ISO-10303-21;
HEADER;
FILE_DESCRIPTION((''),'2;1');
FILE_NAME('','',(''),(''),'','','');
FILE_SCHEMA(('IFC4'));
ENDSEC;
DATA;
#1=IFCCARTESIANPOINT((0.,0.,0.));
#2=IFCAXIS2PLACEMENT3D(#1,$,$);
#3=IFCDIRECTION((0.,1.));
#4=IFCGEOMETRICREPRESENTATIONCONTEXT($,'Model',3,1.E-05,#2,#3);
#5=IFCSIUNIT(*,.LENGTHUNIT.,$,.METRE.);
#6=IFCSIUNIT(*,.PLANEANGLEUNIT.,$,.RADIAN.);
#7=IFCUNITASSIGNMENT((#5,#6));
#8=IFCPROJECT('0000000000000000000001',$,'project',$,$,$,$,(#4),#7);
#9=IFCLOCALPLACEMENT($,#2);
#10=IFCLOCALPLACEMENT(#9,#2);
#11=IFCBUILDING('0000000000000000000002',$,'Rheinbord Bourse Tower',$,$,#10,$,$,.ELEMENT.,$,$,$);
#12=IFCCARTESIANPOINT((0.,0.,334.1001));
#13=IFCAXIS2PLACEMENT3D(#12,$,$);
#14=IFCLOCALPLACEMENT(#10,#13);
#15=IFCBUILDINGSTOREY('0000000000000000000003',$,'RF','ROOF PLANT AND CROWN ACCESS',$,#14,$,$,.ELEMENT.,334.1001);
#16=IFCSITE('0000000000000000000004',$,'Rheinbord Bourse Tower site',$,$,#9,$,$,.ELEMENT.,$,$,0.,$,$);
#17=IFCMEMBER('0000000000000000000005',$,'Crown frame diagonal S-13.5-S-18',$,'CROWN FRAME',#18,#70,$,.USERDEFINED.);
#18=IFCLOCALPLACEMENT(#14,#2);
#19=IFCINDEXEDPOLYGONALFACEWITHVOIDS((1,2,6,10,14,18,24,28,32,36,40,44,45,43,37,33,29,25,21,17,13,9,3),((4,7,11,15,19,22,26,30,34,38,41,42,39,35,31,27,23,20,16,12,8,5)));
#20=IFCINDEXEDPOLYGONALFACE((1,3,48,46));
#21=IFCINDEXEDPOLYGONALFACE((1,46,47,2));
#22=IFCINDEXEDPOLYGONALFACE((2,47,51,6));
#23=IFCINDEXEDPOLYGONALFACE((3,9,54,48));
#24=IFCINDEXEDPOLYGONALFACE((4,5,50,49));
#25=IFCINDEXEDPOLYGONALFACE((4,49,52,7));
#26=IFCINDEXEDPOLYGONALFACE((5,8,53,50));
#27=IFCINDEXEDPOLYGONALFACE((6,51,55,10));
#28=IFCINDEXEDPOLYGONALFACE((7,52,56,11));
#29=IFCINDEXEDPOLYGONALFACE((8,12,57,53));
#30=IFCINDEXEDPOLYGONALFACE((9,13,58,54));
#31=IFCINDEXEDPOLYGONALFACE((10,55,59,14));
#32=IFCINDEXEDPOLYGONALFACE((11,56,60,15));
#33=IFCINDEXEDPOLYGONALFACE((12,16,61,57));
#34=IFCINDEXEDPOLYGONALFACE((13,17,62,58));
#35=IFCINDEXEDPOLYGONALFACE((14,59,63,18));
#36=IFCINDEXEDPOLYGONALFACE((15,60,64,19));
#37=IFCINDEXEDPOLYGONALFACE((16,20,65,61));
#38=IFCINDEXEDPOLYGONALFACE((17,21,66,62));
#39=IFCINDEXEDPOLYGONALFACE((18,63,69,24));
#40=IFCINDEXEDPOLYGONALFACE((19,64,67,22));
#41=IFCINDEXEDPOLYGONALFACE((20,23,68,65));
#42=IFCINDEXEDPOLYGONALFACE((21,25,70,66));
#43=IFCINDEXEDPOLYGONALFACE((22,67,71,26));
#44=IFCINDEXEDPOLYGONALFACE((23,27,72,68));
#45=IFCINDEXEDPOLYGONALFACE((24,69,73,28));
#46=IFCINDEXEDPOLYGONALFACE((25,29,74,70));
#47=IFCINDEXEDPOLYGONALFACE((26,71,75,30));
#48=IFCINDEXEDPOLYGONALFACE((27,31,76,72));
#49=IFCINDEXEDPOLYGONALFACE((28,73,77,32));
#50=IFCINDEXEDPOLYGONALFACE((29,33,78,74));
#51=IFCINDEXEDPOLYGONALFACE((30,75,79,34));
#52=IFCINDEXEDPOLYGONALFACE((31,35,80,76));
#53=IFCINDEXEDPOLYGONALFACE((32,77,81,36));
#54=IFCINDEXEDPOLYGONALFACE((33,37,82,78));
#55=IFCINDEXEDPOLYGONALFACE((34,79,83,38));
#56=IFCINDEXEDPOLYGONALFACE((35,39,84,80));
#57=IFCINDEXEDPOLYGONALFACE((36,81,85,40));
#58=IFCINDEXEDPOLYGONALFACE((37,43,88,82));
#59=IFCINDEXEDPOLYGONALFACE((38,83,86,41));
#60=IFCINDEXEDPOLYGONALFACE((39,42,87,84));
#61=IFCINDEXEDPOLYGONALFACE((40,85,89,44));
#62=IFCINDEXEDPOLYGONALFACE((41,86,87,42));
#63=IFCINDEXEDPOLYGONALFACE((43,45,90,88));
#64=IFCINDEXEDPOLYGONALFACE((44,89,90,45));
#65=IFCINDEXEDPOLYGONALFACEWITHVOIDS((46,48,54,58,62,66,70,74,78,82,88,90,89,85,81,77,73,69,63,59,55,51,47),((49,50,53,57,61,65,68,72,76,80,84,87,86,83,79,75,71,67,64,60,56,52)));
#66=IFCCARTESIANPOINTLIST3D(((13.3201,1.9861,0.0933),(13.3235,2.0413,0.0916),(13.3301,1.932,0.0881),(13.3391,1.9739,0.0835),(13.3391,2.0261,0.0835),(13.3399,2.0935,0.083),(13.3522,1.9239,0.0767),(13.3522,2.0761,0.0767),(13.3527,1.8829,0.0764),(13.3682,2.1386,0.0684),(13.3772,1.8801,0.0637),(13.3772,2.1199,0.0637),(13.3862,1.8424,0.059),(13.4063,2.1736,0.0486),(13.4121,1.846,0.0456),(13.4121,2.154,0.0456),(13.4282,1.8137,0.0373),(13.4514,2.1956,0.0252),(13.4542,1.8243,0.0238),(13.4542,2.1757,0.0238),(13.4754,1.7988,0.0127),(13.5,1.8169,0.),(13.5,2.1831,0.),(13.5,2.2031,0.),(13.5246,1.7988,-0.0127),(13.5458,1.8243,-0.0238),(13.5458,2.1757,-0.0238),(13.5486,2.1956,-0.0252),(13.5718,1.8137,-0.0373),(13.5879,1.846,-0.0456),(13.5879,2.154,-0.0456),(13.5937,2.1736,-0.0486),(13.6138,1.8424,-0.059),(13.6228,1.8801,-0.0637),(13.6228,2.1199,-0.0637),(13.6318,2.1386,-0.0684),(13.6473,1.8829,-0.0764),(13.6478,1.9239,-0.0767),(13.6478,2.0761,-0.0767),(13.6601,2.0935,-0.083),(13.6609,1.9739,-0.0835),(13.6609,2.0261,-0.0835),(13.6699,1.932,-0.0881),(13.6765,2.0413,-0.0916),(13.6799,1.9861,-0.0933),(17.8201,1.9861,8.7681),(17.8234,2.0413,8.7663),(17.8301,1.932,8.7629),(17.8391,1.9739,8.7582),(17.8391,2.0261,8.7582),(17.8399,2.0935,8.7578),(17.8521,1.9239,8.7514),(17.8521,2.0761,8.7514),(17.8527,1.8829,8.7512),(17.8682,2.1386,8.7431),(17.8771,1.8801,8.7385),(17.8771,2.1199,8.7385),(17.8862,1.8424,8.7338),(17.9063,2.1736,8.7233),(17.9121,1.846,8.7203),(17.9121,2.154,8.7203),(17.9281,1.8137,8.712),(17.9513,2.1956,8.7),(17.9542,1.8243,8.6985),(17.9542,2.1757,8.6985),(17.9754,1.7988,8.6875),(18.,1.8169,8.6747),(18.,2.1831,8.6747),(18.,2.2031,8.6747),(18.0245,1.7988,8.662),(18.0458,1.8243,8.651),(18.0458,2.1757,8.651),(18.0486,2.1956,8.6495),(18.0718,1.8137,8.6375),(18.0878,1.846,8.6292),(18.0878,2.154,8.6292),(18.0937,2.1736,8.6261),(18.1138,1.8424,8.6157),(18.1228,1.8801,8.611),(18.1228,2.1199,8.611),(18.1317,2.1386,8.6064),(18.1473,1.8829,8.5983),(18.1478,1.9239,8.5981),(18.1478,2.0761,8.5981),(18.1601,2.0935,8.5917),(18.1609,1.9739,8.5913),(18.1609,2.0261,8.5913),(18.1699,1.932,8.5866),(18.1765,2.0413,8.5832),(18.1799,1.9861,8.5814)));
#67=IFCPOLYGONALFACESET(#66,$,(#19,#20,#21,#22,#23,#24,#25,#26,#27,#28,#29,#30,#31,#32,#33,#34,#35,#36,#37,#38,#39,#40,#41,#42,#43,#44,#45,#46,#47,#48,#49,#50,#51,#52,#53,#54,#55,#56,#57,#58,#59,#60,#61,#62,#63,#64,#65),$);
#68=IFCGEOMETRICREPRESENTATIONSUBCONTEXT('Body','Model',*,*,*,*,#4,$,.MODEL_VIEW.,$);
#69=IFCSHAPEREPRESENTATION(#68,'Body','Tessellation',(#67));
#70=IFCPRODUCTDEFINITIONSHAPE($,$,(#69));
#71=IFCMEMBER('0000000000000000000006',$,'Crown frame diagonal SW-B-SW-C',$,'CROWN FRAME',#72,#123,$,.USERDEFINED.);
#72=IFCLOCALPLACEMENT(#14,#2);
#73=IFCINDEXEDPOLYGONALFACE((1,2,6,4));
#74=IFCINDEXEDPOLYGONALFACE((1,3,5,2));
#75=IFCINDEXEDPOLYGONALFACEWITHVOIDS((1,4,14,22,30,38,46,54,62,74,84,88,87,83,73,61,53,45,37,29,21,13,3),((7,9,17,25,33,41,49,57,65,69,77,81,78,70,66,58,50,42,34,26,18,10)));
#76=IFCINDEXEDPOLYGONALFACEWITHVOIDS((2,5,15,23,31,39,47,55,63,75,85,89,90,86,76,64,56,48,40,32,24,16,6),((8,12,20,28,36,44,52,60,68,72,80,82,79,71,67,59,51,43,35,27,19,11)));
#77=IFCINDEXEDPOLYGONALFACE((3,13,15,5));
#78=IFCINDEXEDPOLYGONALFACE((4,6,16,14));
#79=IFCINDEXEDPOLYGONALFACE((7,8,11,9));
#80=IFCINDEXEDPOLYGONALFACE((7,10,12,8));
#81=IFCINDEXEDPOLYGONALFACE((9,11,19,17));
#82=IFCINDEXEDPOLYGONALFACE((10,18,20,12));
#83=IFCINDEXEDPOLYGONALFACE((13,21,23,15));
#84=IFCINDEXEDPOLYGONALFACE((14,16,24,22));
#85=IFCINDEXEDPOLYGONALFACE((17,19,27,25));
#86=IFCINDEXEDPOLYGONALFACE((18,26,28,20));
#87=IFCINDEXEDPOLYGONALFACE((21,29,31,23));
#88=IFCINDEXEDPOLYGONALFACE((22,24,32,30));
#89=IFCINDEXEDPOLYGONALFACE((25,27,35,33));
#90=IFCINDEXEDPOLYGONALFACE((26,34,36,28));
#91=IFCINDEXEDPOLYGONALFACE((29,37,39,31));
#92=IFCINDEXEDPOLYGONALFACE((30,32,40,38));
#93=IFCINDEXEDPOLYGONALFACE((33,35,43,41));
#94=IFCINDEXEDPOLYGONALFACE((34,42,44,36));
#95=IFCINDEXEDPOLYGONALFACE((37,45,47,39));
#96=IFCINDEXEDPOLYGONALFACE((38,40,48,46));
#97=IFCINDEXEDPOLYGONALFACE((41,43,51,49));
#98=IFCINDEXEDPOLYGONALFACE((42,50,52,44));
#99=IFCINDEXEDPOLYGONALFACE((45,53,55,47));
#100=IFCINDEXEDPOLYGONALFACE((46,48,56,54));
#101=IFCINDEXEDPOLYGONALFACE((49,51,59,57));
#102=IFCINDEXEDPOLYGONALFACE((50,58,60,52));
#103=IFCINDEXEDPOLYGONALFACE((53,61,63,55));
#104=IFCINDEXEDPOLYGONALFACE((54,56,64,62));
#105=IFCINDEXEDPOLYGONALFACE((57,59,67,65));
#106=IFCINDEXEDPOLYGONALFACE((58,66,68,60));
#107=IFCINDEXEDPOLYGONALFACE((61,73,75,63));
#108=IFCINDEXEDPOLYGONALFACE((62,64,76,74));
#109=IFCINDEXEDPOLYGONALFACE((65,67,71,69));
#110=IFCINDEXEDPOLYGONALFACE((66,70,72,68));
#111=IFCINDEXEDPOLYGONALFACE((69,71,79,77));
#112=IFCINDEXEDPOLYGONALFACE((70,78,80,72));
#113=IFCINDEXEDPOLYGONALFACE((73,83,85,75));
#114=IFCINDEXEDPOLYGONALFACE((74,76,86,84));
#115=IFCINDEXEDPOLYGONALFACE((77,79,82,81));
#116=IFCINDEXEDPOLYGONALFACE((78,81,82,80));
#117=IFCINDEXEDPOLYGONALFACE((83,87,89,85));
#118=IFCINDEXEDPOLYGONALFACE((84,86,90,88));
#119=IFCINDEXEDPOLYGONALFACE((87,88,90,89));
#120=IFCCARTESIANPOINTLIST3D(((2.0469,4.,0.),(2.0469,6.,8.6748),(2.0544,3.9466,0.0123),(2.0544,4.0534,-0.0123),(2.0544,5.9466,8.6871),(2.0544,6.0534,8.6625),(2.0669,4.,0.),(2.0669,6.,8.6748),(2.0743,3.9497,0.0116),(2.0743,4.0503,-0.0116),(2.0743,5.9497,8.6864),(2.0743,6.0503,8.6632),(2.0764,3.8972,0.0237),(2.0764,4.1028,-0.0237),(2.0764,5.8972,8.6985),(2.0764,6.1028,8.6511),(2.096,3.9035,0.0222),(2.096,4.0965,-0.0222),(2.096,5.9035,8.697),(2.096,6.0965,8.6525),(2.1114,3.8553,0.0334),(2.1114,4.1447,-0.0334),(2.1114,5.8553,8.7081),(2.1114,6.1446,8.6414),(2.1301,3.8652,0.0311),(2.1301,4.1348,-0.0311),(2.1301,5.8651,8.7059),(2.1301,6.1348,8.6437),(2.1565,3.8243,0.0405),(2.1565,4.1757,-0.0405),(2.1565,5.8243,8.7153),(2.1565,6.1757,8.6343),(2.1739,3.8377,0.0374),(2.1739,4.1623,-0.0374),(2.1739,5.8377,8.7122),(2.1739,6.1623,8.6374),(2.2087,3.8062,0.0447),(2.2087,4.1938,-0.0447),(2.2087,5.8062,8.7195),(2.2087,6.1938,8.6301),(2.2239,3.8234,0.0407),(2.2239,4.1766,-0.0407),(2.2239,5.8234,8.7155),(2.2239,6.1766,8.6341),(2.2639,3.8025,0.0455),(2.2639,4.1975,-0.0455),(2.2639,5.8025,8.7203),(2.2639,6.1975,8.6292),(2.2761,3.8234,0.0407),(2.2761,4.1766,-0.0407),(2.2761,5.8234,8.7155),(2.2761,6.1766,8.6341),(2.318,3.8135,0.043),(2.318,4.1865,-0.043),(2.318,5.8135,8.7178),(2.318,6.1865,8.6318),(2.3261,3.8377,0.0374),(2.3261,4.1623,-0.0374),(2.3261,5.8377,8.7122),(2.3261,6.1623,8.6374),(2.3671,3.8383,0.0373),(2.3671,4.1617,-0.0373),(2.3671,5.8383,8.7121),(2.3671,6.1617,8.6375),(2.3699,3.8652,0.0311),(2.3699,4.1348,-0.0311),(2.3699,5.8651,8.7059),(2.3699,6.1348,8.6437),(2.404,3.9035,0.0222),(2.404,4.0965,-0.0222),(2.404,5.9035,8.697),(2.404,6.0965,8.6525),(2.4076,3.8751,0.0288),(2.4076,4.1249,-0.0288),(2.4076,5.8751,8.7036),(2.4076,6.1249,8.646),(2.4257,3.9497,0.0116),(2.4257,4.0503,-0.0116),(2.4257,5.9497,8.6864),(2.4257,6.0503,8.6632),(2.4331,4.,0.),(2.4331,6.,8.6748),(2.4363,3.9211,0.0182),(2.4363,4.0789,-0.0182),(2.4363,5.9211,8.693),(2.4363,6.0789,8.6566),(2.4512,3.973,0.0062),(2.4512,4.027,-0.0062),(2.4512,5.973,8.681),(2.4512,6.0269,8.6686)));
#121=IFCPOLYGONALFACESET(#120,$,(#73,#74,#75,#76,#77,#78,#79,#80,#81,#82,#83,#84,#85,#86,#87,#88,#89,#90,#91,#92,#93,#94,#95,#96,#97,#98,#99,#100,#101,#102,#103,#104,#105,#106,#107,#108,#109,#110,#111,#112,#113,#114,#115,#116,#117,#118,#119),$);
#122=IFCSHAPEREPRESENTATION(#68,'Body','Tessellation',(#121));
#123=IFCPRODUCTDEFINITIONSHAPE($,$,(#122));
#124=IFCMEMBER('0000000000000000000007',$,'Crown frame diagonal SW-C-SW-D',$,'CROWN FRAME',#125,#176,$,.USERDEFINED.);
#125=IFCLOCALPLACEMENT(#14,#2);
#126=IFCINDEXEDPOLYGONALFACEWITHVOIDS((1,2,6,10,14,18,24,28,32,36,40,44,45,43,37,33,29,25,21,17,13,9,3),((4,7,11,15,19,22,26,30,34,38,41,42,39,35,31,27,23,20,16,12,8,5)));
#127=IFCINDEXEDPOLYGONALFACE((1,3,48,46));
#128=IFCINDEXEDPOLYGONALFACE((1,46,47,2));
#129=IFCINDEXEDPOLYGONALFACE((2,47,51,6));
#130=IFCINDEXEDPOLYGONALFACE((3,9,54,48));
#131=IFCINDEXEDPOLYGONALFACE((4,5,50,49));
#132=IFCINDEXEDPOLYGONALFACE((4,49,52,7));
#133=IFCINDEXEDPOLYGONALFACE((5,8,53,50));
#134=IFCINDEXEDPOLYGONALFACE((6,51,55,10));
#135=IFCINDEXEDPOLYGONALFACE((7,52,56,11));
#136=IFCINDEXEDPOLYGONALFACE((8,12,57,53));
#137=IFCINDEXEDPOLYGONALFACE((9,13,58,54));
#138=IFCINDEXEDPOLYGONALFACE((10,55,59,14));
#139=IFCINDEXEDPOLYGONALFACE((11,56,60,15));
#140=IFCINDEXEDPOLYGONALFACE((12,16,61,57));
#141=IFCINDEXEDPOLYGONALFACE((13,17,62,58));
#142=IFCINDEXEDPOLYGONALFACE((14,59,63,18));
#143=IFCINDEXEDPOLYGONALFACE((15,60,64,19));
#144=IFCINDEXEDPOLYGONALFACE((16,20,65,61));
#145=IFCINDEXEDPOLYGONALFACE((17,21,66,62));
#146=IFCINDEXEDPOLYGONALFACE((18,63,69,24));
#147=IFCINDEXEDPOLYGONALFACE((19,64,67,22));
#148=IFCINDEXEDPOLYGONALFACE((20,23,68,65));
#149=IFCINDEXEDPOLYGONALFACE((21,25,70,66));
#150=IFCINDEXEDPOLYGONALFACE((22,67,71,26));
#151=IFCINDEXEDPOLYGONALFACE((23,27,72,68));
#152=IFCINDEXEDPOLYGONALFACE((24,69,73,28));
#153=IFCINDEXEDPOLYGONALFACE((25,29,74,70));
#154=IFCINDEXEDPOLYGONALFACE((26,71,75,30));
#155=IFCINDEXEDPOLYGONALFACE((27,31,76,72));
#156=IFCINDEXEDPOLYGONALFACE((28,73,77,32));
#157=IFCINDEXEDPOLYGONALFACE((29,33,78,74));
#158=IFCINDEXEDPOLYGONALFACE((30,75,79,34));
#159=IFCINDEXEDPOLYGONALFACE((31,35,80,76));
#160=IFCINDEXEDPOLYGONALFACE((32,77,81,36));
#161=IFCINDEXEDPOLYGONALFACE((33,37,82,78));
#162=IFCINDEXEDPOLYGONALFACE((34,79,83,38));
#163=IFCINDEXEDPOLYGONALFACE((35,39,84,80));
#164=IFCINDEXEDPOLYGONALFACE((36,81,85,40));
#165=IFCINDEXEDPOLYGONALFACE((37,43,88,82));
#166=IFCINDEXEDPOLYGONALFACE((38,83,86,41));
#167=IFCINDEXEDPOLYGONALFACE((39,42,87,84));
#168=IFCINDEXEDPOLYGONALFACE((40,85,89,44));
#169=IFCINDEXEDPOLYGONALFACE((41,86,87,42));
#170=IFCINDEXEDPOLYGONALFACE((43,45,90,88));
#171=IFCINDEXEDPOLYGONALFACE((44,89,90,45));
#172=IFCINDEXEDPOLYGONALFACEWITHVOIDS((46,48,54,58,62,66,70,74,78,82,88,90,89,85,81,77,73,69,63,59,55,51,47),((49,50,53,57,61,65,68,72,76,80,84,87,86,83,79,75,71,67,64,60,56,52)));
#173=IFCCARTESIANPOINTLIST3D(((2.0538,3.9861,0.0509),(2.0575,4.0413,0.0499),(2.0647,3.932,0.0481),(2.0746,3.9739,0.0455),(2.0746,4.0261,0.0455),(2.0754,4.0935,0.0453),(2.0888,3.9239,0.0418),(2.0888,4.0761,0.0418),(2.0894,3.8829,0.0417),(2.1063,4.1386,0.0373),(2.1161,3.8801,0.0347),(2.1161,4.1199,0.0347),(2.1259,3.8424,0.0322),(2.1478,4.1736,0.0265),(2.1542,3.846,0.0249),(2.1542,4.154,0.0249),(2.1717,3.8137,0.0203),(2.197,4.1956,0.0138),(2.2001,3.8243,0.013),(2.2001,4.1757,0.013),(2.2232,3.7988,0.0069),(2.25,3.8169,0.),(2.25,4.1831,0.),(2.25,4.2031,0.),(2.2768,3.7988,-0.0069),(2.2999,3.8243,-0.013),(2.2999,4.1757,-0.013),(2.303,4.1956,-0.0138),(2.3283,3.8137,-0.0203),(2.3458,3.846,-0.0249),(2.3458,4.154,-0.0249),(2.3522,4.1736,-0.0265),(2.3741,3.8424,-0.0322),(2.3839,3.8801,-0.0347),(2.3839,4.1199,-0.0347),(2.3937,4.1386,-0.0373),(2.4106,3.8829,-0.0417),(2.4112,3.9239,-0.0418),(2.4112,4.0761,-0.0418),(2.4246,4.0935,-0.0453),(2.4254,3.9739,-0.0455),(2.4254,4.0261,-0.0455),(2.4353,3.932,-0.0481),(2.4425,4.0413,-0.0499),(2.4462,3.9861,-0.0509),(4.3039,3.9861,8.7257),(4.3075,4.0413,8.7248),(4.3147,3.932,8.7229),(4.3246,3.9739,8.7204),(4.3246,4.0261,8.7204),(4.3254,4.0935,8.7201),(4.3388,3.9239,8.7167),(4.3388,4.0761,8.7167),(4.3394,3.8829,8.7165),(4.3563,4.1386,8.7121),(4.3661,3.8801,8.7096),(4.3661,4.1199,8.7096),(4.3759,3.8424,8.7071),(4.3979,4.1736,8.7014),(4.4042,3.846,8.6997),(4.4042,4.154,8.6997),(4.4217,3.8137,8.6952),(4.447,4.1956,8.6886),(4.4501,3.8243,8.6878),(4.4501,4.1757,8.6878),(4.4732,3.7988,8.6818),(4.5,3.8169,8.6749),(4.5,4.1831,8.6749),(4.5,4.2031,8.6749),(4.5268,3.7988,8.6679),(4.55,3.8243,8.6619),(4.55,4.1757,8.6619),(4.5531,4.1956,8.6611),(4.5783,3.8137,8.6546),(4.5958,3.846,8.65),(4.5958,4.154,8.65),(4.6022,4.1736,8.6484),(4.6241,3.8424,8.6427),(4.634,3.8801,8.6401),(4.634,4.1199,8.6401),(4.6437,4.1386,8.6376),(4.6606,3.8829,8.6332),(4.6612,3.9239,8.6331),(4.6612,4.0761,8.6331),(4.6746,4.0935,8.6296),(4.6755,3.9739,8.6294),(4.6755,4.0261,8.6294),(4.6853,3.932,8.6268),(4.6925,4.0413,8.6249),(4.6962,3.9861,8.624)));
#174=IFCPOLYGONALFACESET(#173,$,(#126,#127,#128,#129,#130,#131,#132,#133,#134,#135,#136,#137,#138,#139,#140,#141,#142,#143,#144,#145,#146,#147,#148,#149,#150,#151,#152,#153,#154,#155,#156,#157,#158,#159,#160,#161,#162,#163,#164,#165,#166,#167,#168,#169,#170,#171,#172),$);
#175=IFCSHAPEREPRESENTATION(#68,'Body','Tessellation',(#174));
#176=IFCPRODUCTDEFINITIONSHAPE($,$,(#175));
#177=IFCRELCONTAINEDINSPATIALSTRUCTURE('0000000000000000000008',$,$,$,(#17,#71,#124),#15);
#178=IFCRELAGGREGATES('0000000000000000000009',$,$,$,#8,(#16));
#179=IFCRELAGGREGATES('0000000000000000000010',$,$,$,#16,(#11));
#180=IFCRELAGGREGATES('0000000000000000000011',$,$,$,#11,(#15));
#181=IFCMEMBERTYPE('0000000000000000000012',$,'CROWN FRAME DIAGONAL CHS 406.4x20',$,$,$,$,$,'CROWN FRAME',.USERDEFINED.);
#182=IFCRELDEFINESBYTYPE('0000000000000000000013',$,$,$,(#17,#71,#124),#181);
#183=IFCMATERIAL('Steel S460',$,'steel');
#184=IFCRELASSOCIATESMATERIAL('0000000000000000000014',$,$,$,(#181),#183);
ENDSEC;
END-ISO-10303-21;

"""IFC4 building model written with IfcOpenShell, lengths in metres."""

from ifc_helpers import new_model, si_unit, direction, frame, origin, origin_2d, place, context, subcontext, project, spatial, hollow_circle, extrude, material, material_profile, profile_set, type_object, element, save


model = new_model("IFC4")

# Units and contexts
model_context = context("Model", 3, precision=1e-05, world=origin(), true_north=direction((0.0, 1.0)))
body_context = subcontext(model_context, "Body", "Model", "MODEL_VIEW")
ifc_project = project(units=[si_unit("LENGTHUNIT", "METRE"), si_unit("PLANEANGLEUNIT", "RADIAN")], contexts=[model_context])

# Site, building, storey
site_placement = place(None, origin())
site = spatial("IfcSite", under=ifc_project, at=site_placement, Name="Rheinbord Bourse Tower site", CompositionType="ELEMENT", RefElevation=0.0)
building_placement = place(site_placement, origin())
building = spatial("IfcBuilding", under=site, at=building_placement, Name="Rheinbord Bourse Tower", CompositionType="ELEMENT")
storey_placement = place(building_placement, frame((0.0, 0.0, 334.1001)))
storey = spatial("IfcBuildingStorey", under=building, at=storey_placement, Name="RF", Description="ROOF PLANT AND CROWN ACCESS", CompositionType="ELEMENT", Elevation=334.1001)

# Members
ifc_material_1 = material(Name="Steel S460", Category="steel")
ifc_material_profile_1 = material_profile(ifc_material_1, hollow_circle(Radius=0.2031, WallThickness=0.02, at=origin_2d()), Name="CHS 406.4x20")
ifc_profile_set_1 = profile_set([ifc_material_profile_1], Name="Steel S460")
member_type = type_object("IfcMemberType", Name="CROWN FRAME DIAGONAL CHS 406.4x20", ElementType="CROWN FRAME", PredefinedType="USERDEFINED", material=ifc_profile_set_1)
for number, where, z_axis, x_axis, name in (
    (1, (13.5, 2.0, 0.0), (0.460475, 0.0, 0.887673), (0.0, 1.0, 0.0), "Crown frame diagonal S-13.5-S-18"),
):
    element("IfcMember", number, at=place(storey_placement, frame(where, z_axis=z_axis, x_axis=x_axis)), inside=storey, type_object=member_type, Name=name, ObjectType="CROWN FRAME", PredefinedType="USERDEFINED", context=body_context, shape_type="SweptSolid", body=[
        extrude(hollow_circle(Radius=0.2031, WallThickness=0.02, at=origin_2d()), origin(), (0.0, 0.0, 1.0), 9.7725),
    ])
member_1_placement = place(storey_placement, frame((2.25, 4.0, 0.0), z_axis=(0.0, 0.224659, 0.974437), x_axis=(-1.0, 0.0, 0.0)))
element("IfcMember", 2, at=member_1_placement, inside=storey, type_object=member_type, Name="Crown frame diagonal SW-B-SW-C", ObjectType="CROWN FRAME", PredefinedType="USERDEFINED", context=body_context, shape_type="SweptSolid", body=[
    extrude(hollow_circle(Radius=0.2031, WallThickness=0.02, at=origin_2d()), origin(), (0.0, 0.0, 1.0), 8.9023),
])
member_2_placement = place(storey_placement, frame((2.25, 4.0, 0.0), z_axis=(0.251064, 0.0, 0.96797), x_axis=(0.0, 1.0, 0.0)))
element("IfcMember", 3, at=member_2_placement, inside=storey, type_object=member_type, Name="Crown frame diagonal SW-C-SW-D", ObjectType="CROWN FRAME", PredefinedType="USERDEFINED", context=body_context, shape_type="SweptSolid", body=[
    extrude(hollow_circle(Radius=0.2031, WallThickness=0.02, at=origin_2d()), origin(), (0.0, 0.0, 1.0), 8.9619),
])

save(model, "model.ifc")
